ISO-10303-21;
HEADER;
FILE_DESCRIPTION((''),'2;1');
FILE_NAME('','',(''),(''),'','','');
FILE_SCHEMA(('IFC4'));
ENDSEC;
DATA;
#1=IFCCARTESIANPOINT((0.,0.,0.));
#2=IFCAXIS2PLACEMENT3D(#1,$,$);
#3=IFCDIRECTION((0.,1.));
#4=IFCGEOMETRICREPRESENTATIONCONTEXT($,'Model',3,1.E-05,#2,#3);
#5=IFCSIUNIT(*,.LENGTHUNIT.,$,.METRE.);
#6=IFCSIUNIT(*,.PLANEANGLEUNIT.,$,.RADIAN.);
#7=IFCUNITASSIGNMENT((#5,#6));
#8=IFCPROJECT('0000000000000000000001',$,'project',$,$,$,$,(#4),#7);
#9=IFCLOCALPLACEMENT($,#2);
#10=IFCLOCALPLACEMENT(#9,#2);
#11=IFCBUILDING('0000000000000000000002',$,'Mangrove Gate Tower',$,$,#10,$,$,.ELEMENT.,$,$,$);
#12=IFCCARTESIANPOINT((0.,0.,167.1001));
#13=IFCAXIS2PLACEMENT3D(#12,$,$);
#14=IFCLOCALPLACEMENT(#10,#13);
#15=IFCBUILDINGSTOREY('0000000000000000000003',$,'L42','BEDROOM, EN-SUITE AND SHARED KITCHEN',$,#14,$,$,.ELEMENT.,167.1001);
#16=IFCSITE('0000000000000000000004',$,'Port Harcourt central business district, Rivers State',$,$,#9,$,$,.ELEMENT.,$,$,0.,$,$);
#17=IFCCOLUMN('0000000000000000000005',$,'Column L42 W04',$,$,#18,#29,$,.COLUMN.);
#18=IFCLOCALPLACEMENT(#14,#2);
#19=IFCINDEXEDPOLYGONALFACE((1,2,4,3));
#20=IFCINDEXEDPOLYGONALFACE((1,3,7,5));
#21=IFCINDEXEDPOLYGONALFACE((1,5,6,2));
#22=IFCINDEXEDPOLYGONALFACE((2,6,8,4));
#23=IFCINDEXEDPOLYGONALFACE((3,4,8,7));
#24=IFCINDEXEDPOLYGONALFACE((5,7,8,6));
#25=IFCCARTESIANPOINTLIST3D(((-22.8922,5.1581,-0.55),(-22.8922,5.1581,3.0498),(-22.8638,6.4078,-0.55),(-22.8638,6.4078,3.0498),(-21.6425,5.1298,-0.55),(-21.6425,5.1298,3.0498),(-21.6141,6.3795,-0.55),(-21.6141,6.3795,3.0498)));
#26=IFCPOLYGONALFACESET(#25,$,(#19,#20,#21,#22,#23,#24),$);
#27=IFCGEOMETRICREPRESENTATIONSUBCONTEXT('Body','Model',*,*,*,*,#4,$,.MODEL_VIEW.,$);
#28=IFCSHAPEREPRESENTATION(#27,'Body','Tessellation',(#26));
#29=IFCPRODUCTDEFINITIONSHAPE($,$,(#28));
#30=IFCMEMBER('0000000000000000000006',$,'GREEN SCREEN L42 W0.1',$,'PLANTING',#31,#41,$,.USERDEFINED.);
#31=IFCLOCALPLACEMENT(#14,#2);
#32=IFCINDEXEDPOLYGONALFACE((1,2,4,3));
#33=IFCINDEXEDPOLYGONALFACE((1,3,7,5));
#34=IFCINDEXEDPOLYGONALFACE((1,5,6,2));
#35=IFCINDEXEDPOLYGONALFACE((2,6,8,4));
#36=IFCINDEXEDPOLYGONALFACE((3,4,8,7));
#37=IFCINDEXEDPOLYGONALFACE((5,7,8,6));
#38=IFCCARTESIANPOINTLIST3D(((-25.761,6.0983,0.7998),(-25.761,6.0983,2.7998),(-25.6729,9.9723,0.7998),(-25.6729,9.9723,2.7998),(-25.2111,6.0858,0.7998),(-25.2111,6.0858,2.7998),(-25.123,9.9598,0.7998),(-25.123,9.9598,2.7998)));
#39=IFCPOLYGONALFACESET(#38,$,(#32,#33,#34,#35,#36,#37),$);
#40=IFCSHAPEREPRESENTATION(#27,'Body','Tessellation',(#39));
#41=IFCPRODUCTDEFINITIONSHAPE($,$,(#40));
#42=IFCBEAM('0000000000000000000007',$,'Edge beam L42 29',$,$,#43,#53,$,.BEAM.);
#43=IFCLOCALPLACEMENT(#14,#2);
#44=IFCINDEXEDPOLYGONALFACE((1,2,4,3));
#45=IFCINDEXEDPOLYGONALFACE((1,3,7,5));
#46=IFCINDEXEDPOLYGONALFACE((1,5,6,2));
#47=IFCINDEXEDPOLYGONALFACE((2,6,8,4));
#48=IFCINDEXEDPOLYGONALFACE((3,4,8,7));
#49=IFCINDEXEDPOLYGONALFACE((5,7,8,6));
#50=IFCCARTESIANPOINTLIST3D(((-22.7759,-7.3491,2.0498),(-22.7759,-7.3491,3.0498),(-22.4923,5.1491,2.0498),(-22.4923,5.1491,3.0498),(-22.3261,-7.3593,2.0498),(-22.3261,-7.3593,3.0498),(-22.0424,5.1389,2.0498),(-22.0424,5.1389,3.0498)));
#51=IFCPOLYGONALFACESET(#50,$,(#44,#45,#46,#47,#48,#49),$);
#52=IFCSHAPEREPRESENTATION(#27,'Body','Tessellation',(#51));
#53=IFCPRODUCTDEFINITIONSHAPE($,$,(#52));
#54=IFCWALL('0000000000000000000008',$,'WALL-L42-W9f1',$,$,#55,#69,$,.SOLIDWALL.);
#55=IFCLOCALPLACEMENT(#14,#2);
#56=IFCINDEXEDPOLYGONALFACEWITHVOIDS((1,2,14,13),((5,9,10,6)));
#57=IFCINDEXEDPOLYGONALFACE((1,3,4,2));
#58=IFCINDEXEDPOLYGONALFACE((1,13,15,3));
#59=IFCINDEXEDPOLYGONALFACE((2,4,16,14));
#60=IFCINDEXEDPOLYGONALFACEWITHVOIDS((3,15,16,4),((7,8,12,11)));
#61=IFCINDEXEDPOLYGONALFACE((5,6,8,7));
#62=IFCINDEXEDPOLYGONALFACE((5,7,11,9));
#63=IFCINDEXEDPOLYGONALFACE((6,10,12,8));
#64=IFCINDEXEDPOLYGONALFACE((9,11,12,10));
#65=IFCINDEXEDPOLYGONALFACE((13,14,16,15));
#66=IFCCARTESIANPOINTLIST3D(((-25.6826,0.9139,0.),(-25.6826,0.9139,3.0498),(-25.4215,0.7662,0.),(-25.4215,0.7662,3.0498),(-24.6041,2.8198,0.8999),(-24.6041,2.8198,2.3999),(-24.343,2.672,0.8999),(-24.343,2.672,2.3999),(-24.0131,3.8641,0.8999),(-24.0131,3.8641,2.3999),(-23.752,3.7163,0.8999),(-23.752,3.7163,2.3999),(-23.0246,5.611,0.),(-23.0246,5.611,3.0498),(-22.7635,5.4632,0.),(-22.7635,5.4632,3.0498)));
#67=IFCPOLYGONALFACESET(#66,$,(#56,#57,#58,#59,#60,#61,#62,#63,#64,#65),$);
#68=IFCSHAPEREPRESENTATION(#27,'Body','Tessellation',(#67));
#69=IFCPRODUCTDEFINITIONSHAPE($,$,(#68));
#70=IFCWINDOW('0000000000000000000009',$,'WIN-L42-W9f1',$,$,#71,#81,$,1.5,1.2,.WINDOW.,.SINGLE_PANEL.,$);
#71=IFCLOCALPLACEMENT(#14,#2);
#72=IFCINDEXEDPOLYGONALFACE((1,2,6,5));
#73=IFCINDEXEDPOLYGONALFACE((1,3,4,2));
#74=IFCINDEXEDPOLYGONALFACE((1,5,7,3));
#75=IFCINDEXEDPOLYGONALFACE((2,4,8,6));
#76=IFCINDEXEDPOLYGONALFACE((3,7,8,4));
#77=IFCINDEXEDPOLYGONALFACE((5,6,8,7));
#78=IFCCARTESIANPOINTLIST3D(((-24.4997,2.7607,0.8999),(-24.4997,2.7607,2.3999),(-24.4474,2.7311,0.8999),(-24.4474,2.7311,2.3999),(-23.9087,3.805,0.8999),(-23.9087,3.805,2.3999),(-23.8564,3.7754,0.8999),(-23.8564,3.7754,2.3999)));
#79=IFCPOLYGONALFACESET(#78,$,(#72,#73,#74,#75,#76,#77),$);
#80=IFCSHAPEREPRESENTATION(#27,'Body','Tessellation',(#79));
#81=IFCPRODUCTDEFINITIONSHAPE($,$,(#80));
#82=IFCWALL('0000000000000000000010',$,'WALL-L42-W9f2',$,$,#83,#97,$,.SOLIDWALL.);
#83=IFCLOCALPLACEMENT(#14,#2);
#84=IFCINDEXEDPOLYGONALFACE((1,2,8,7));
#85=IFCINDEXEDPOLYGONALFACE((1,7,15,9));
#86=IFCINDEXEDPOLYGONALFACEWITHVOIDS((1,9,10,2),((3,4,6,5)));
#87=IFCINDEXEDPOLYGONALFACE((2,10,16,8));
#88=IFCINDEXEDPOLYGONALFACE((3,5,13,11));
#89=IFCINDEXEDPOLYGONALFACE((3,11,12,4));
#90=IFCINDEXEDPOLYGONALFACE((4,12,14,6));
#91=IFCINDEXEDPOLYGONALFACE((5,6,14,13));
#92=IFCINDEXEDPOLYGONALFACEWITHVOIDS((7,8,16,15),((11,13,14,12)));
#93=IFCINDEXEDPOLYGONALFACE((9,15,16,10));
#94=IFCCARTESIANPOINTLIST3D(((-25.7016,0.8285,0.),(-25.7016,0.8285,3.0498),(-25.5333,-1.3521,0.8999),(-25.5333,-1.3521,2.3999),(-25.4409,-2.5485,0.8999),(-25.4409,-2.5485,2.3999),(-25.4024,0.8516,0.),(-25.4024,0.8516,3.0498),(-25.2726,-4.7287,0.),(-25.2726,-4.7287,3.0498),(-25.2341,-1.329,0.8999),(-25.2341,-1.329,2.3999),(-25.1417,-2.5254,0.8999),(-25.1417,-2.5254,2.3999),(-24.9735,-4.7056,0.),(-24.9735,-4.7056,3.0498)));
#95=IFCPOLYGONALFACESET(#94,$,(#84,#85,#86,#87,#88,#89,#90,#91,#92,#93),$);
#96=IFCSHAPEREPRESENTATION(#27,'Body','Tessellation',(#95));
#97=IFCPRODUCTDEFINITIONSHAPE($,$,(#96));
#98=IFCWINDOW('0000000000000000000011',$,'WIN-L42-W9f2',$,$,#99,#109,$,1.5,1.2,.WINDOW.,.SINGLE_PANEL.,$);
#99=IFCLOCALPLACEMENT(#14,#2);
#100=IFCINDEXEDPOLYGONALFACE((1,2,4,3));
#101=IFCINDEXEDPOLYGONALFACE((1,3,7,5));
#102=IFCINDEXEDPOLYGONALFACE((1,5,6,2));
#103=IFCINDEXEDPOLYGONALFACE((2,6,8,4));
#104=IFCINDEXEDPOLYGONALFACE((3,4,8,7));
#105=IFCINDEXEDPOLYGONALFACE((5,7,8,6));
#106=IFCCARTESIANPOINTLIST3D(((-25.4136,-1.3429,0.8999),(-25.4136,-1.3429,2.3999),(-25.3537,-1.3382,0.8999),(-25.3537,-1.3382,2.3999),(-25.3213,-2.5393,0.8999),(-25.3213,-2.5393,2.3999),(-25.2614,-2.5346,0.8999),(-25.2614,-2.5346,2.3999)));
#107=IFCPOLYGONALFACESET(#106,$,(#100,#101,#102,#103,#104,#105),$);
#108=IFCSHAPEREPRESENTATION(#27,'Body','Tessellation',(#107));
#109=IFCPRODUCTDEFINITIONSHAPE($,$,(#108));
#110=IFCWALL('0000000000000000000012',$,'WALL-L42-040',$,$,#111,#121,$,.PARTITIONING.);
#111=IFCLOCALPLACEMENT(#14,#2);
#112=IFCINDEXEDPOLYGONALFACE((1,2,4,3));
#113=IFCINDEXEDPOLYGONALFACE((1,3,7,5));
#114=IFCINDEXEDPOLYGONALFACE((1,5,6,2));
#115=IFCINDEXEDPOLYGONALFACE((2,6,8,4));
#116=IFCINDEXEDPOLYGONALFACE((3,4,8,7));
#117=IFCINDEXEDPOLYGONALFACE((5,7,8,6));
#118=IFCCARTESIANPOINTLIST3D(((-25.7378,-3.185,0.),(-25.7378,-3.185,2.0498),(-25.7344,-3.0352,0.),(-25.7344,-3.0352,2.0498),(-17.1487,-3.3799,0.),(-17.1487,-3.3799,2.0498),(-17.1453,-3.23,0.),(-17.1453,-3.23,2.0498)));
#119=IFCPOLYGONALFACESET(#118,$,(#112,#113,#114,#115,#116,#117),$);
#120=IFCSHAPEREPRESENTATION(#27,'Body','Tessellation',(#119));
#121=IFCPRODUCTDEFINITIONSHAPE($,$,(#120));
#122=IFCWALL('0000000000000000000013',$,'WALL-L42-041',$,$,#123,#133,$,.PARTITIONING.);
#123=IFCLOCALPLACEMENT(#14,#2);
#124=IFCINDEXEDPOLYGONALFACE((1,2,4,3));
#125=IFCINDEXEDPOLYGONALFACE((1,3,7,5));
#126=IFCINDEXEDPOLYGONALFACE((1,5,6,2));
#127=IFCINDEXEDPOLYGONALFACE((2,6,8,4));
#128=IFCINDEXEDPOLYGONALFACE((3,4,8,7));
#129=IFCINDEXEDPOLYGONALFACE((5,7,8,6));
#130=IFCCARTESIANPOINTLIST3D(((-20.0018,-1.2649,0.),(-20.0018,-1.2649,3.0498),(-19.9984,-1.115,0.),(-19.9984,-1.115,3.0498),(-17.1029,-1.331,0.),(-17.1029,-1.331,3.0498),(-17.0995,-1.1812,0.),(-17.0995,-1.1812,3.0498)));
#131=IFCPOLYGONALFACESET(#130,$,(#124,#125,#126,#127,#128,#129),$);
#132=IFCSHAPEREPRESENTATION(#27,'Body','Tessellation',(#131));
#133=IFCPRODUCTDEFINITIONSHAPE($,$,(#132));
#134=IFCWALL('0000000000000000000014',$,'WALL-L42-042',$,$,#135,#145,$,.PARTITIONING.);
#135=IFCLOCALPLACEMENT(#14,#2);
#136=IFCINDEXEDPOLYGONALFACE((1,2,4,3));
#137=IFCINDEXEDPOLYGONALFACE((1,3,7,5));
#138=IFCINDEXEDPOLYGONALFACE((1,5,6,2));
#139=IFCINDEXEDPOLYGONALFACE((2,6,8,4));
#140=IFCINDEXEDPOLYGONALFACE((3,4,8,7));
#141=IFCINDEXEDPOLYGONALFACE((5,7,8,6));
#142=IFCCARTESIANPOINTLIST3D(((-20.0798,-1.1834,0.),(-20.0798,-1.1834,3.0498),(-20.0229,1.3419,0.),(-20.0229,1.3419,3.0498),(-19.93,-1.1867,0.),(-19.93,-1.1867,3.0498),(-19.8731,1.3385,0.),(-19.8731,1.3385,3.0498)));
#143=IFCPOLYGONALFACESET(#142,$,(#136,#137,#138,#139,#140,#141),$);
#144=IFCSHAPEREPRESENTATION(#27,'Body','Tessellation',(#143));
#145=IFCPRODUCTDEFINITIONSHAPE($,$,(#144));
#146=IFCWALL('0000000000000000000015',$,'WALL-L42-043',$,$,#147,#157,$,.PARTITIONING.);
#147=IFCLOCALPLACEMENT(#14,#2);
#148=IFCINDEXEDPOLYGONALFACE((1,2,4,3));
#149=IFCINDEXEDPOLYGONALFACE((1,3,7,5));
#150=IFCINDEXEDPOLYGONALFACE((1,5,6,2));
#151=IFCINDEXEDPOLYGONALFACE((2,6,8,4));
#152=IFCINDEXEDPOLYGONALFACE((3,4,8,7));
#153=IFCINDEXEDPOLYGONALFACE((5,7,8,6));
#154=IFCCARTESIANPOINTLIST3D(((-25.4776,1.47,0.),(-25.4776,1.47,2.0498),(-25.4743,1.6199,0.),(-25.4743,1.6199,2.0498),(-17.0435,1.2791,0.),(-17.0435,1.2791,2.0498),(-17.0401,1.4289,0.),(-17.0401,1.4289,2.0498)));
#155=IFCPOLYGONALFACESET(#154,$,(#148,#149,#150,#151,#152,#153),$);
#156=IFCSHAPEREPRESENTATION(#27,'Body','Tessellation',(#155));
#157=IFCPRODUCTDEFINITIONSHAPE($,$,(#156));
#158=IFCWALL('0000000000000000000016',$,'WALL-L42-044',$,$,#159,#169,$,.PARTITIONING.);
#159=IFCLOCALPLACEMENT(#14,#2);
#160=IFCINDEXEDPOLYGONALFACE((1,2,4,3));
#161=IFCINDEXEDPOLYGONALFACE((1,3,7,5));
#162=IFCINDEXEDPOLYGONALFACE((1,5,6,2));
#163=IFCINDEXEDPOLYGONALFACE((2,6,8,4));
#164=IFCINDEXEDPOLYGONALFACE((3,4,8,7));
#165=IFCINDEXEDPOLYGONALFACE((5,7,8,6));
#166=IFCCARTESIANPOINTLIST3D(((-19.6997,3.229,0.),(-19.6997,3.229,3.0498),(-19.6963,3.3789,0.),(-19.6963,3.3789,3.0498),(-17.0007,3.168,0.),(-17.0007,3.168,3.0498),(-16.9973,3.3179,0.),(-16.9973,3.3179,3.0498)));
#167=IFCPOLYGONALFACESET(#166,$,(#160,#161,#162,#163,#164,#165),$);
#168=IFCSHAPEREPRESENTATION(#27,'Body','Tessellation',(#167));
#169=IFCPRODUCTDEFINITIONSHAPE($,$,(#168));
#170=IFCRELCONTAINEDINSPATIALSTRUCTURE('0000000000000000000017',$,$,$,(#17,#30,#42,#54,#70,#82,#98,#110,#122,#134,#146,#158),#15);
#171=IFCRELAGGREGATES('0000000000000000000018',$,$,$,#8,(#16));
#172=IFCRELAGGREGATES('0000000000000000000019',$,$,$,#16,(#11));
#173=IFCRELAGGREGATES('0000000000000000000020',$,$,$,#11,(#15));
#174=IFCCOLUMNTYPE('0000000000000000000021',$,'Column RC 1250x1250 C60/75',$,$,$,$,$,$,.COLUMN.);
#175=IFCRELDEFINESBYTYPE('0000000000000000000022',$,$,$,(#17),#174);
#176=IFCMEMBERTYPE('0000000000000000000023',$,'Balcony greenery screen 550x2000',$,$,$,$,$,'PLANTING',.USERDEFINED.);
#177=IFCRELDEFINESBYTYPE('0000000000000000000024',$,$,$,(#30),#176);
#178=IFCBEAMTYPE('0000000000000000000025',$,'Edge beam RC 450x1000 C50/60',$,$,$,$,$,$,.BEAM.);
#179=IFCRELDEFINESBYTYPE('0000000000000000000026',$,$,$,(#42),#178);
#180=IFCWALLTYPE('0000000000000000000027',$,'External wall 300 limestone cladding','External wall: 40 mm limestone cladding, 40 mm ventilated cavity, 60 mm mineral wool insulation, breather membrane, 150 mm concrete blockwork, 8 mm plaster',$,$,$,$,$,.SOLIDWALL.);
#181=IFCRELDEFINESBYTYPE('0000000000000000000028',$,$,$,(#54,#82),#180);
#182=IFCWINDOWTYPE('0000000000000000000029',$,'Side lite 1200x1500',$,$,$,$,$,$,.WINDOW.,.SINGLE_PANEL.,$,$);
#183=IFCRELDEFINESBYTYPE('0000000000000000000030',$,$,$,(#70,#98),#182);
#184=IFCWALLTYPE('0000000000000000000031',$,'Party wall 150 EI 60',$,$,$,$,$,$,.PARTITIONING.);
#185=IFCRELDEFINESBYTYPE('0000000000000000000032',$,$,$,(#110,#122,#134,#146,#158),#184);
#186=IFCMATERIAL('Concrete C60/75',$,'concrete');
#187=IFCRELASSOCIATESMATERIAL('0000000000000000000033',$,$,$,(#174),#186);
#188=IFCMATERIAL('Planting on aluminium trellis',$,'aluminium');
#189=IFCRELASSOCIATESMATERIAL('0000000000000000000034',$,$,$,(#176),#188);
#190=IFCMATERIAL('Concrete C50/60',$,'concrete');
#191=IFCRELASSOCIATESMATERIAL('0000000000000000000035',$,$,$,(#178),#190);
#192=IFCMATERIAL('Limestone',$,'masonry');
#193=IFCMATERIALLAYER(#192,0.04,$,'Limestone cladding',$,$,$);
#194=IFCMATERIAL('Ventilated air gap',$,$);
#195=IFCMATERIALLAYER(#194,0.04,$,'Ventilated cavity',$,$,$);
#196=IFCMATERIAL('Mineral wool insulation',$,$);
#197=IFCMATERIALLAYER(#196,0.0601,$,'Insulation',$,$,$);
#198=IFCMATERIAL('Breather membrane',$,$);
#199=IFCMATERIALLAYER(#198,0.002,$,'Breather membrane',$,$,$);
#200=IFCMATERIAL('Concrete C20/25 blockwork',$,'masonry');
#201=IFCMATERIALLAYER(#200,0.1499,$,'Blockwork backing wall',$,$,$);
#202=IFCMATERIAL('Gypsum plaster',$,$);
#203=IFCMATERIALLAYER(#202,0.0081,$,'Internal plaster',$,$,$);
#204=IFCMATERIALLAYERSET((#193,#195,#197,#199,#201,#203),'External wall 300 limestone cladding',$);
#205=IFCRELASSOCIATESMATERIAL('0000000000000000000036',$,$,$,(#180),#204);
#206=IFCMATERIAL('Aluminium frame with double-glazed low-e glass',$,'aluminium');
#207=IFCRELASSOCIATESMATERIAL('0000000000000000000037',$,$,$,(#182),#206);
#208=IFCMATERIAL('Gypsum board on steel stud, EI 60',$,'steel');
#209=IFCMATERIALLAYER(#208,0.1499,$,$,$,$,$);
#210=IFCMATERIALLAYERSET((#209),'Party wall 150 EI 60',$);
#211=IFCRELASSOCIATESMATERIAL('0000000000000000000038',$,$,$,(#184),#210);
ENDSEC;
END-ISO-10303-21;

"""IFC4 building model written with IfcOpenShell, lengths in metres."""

from ifc_helpers import new_model, si_unit, direction, frame, frame_2d, origin, origin_2d, place, context, subcontext, project, spatial, rectangle, extrude, material, layer, layer_set, material_profile, profile_set, type_object, element, fill, save


model = new_model("IFC4")

# Units and contexts
model_context = context("Model", 3, precision=1e-05, world=origin(), true_north=direction((0.0, 1.0)))
body_context = subcontext(model_context, "Body", "Model", "MODEL_VIEW")
ifc_project = project(units=[si_unit("LENGTHUNIT", "METRE"), si_unit("PLANEANGLEUNIT", "RADIAN")], contexts=[model_context])

# Site, building, storey
site_placement = place(None, origin())
site = spatial("IfcSite", under=ifc_project, at=site_placement, Name="Port Harcourt central business district, Rivers State", CompositionType="ELEMENT", RefElevation=0.0)
building_placement = place(site_placement, origin())
building = spatial("IfcBuilding", under=site, at=building_placement, Name="Mangrove Gate Tower", CompositionType="ELEMENT")
storey_placement = place(building_placement, frame((0.0, 0.0, 167.1001)))
storey = spatial("IfcBuildingStorey", under=building, at=storey_placement, Name="L42", Description="BEDROOM, EN-SUITE AND SHARED KITCHEN", CompositionType="ELEMENT", Elevation=167.1001)

# Column
ifc_material_1 = material(Name="Concrete C60/75", Category="concrete")
ifc_material_profile_1 = material_profile(ifc_material_1, rectangle(XDim=1.25, YDim=1.25, at=origin_2d()))
ifc_profile_set_1 = profile_set([ifc_material_profile_1], Name="Concrete C60/75")
column_type = type_object("IfcColumnType", Name="Column RC 1250x1250 C60/75", PredefinedType="COLUMN", material=ifc_profile_set_1)
column_placement = place(storey_placement, frame((-22.2532, 5.7688, -0.55), z_axis=(0.0, 0.0, 1.0), x_axis=(-0.022696, -0.999742, 0.0)))
element("IfcColumn", 1, at=column_placement, inside=storey, type_object=column_type, Name="Column L42 W04", PredefinedType="COLUMN", context=body_context, shape_type="SweptSolid", body=[
    extrude(rectangle(XDim=1.25, YDim=1.25, at=origin_2d()), origin(), (0.0, 0.0, 1.0), 3.5999),
])

# Member
ifc_material_2 = material(Name="Planting on aluminium trellis", Category="aluminium")
ifc_material_profile_2 = material_profile(ifc_material_2, rectangle(XDim=0.55, YDim=2.0, at=origin_2d()))
ifc_profile_set_2 = profile_set([ifc_material_profile_2], Name="Planting on aluminium trellis")
member_type = type_object("IfcMemberType", Name="Balcony greenery screen 550x2000", ElementType="PLANTING", PredefinedType="USERDEFINED", material=ifc_profile_set_2)
member_placement = place(storey_placement, frame((-25.4861, 6.092, 1.7998), z_axis=(0.022744, 0.999741, 0.0), x_axis=(-0.999741, 0.022744, 0.0)))
element("IfcMember", 2, at=member_placement, inside=storey, type_object=member_type, Name="GREEN SCREEN L42 W0.1", ObjectType="PLANTING", PredefinedType="USERDEFINED", context=body_context, shape_type="SweptSolid", body=[
    extrude(rectangle(XDim=0.55, YDim=2.0, at=origin_2d()), origin(), (0.0, 0.0, 1.0), 3.875),
])

# Beam
ifc_material_3 = material(Name="Concrete C50/60", Category="concrete")
ifc_material_profile_3 = material_profile(ifc_material_3, rectangle(XDim=0.45, YDim=1.0, at=origin_2d()))
ifc_profile_set_3 = profile_set([ifc_material_profile_3], Name="Concrete C50/60")
beam_type = type_object("IfcBeamType", Name="Edge beam RC 450x1000 C50/60", PredefinedType="BEAM", material=ifc_profile_set_3)
beam_placement = place(storey_placement, frame((-22.2673, 5.144, 2.5498), z_axis=(-0.022693, -0.999742, 0.0), x_axis=(0.999742, -0.022693, 0.0)))
element("IfcBeam", 3, at=beam_placement, inside=storey, type_object=beam_type, Name="Edge beam L42 29", PredefinedType="BEAM", context=body_context, shape_type="SweptSolid", body=[
    extrude(rectangle(XDim=0.45, YDim=1.0, at=origin_2d()), origin(), (0.0, 0.0, 1.0), 12.5015),
])

# Walls, openings, windows
ifc_material_4 = material(Name="Limestone", Category="masonry")
ifc_layer_1 = layer(ifc_material_4, 0.04, Name="Limestone cladding")
ifc_material_5 = material(Name="Ventilated air gap")
ifc_layer_2 = layer(ifc_material_5, 0.04, Name="Ventilated cavity")
ifc_material_6 = material(Name="Mineral wool insulation")
ifc_layer_3 = layer(ifc_material_6, 0.0601, Name="Insulation")
ifc_material_7 = material(Name="Breather membrane")
ifc_layer_4 = layer(ifc_material_7, 0.002, Name="Breather membrane")
ifc_material_8 = material(Name="Concrete C20/25 blockwork", Category="masonry")
ifc_layer_5 = layer(ifc_material_8, 0.1499, Name="Blockwork backing wall")
ifc_material_9 = material(Name="Gypsum plaster")
ifc_layer_6 = layer(ifc_material_9, 0.0081, Name="Internal plaster")
ifc_layer_set_1 = layer_set([ifc_layer_1, ifc_layer_2, ifc_layer_3, ifc_layer_4, ifc_layer_5, ifc_layer_6], Name="External wall 300 limestone cladding")
wall_type_1 = type_object("IfcWallType", Name="External wall 300 limestone cladding", Description="External wall: 40 mm limestone cladding, 40 mm ventilated cavity, 60 mm mineral wool insulation, breather membrane, 150 mm concrete blockwork, 8 mm plaster", PredefinedType="SOLIDWALL", material=ifc_layer_set_1)
wall_1_placement = place(storey_placement, frame((-22.894, 5.5371, 0.0), z_axis=(0.0, 0.0, 1.0), x_axis=(-0.492495, -0.870315, 0.0)))
wall_1 = element("IfcWall", 4, at=wall_1_placement, inside=storey, type_object=wall_type_1, Name="WALL-L42-W9f1", PredefinedType="SOLIDWALL", context=body_context, shape_type="SweptSolid", body=[
    extrude(rectangle(XDim=5.397, YDim=0.3, at=frame_2d((2.6985, 0.0))), origin(), (0.0, 0.0, 1.0), 3.0498),
])
opening_1_placement = place(wall_1_placement, frame((2.0071, 0.0, 0.8999)))
opening_1 = element("IfcOpeningElement", 5, at=opening_1_placement, cuts=wall_1, PredefinedType="OPENING", context=body_context, shape_type="SweptSolid", body=[
    extrude(rectangle(XDim=1.2, YDim=1.5, at=frame_2d((0.6001, 0.75))), frame((0.0, 0.1599, 0.0), z_axis=(0.0, -1.0, 0.0), x_axis=(1.0, 0.0, 0.0)), (0.0, 0.0, 1.0), 0.3201),
])
ifc_material_10 = material(Name="Aluminium frame with double-glazed low-e glass", Category="aluminium")
window_type = type_object("IfcWindowType", Name="Side lite 1200x1500", PartitioningType="SINGLE_PANEL", PredefinedType="WINDOW", material=ifc_material_10)
window_1_placement = place(opening_1_placement, origin())
window_1 = element("IfcWindow", 6, at=window_1_placement, inside=storey, type_object=window_type, Name="WIN-L42-W9f1", OverallHeight=1.5, OverallWidth=1.2, PartitioningType="SINGLE_PANEL", PredefinedType="WINDOW", context=body_context, shape_type="SweptSolid", body=[
    extrude(rectangle(XDim=1.2, YDim=1.5, at=frame_2d((0.6001, 0.75))), frame((0.0, 0.03, 0.0), z_axis=(0.0, -1.0, 0.0), x_axis=(1.0, 0.0, 0.0)), (0.0, 0.0, 1.0), 0.0601),
])
fill(opening_1, window_1)
wall_2_placement = place(storey_placement, frame((-25.552, 0.8401, 0.0), z_axis=(0.0, 0.0, 1.0), x_axis=(0.076961, -0.997034, 0.0)))
wall_2 = element("IfcWall", 7, at=wall_2_placement, inside=storey, type_object=wall_type_1, Name="WALL-L42-W9f2", PredefinedType="SOLIDWALL", context=body_context, shape_type="SweptSolid", body=[
    extrude(rectangle(XDim=5.5737, YDim=0.3, at=frame_2d((2.7869, 0.0))), origin(), (0.0, 0.0, 1.0), 3.0498),
])
opening_2_placement = place(wall_2_placement, frame((2.187, 0.0, 0.8999)))
opening_2 = element("IfcOpeningElement", 8, at=opening_2_placement, cuts=wall_2, PredefinedType="OPENING", context=body_context, shape_type="SweptSolid", body=[
    extrude(rectangle(XDim=1.2, YDim=1.5, at=frame_2d((0.6001, 0.75))), frame((0.0, 0.1599, 0.0), z_axis=(0.0, -1.0, 0.0), x_axis=(1.0, 0.0, 0.0)), (0.0, 0.0, 1.0), 0.3201),
])
window_2_placement = place(opening_2_placement, origin())
window_2 = element("IfcWindow", 9, at=window_2_placement, inside=storey, type_object=window_type, Name="WIN-L42-W9f2", OverallHeight=1.5, OverallWidth=1.2, PartitioningType="SINGLE_PANEL", PredefinedType="WINDOW", context=body_context, shape_type="SweptSolid", body=[
    extrude(rectangle(XDim=1.2, YDim=1.5, at=frame_2d((0.6001, 0.75))), frame((0.0, 0.03, 0.0), z_axis=(0.0, -1.0, 0.0), x_axis=(1.0, 0.0, 0.0)), (0.0, 0.0, 1.0), 0.0601),
])
fill(opening_2, window_2)

# Walls
ifc_material_11 = material(Name="Gypsum board on steel stud, EI 60", Category="steel")
ifc_layer_7 = layer(ifc_material_11, 0.1499)
ifc_layer_set_2 = layer_set([ifc_layer_7], Name="Party wall 150 EI 60")
wall_type_2 = type_object("IfcWallType", Name="Party wall 150 EI 60", PredefinedType="PARTITIONING", material=ifc_layer_set_2)
wall_3_placement = place(storey_placement, frame((-25.7361, -3.1101, 0.0), z_axis=(0.0, 0.0, 1.0), x_axis=(0.999743, -0.022677, 0.0)))
element("IfcWall", 10, at=wall_3_placement, inside=storey, type_object=wall_type_2, Name="WALL-L42-040", PredefinedType="PARTITIONING", context=body_context, shape_type="SweptSolid", body=[
    extrude(rectangle(XDim=8.5913, YDim=0.1499, at=frame_2d((4.2957, 0.0))), origin(), (0.0, 0.0, 1.0), 2.0498),
])
wall_4_placement = place(storey_placement, frame((-20.0, -1.1899, 0.0), z_axis=(0.0, 0.0, 1.0), x_axis=(0.99974, -0.022817, 0.0)))
element("IfcWall", 11, at=wall_4_placement, inside=storey, type_object=wall_type_2, Name="WALL-L42-041", PredefinedType="PARTITIONING", context=body_context, shape_type="SweptSolid", body=[
    extrude(rectangle(XDim=2.8997, YDim=0.1499, at=frame_2d((1.4497, 0.0))), origin(), (0.0, 0.0, 1.0), 3.0498),
])
wall_5_placement = place(storey_placement, frame((-20.0049, -1.1851, 0.0), z_axis=(0.0, 0.0, 1.0), x_axis=(0.022522, 0.999746, 0.0)))
element("IfcWall", 12, at=wall_5_placement, inside=storey, type_object=wall_type_2, Name="WALL-L42-042", PredefinedType="PARTITIONING", context=body_context, shape_type="SweptSolid", body=[
    extrude(rectangle(XDim=2.5259, YDim=0.1499, at=frame_2d((1.2629, 0.0))), origin(), (0.0, 0.0, 1.0), 3.0498),
])
wall_6_placement = place(storey_placement, frame((-25.4761, 1.5449, 0.0), z_axis=(0.0, 0.0, 1.0), x_axis=(0.999744, -0.022631, 0.0)))
element("IfcWall", 13, at=wall_6_placement, inside=storey, type_object=wall_type_2, Name="WALL-L42-043", PredefinedType="PARTITIONING", context=body_context, shape_type="SweptSolid", body=[
    extrude(rectangle(XDim=8.4363, YDim=0.1499, at=frame_2d((4.2183, 0.0))), origin(), (0.0, 0.0, 1.0), 2.0498),
])
wall_7_placement = place(storey_placement, frame((-19.698, 3.304, 0.0), z_axis=(0.0, 0.0, 1.0), x_axis=(0.999744, -0.022608, 0.0)))
element("IfcWall", 14, at=wall_7_placement, inside=storey, type_object=wall_type_2, Name="WALL-L42-044", PredefinedType="PARTITIONING", context=body_context, shape_type="SweptSolid", body=[
    extrude(rectangle(XDim=2.6997, YDim=0.1499, at=frame_2d((1.3499, 0.0))), origin(), (0.0, 0.0, 1.0), 3.0498),
])

save(model, "model.ifc")
